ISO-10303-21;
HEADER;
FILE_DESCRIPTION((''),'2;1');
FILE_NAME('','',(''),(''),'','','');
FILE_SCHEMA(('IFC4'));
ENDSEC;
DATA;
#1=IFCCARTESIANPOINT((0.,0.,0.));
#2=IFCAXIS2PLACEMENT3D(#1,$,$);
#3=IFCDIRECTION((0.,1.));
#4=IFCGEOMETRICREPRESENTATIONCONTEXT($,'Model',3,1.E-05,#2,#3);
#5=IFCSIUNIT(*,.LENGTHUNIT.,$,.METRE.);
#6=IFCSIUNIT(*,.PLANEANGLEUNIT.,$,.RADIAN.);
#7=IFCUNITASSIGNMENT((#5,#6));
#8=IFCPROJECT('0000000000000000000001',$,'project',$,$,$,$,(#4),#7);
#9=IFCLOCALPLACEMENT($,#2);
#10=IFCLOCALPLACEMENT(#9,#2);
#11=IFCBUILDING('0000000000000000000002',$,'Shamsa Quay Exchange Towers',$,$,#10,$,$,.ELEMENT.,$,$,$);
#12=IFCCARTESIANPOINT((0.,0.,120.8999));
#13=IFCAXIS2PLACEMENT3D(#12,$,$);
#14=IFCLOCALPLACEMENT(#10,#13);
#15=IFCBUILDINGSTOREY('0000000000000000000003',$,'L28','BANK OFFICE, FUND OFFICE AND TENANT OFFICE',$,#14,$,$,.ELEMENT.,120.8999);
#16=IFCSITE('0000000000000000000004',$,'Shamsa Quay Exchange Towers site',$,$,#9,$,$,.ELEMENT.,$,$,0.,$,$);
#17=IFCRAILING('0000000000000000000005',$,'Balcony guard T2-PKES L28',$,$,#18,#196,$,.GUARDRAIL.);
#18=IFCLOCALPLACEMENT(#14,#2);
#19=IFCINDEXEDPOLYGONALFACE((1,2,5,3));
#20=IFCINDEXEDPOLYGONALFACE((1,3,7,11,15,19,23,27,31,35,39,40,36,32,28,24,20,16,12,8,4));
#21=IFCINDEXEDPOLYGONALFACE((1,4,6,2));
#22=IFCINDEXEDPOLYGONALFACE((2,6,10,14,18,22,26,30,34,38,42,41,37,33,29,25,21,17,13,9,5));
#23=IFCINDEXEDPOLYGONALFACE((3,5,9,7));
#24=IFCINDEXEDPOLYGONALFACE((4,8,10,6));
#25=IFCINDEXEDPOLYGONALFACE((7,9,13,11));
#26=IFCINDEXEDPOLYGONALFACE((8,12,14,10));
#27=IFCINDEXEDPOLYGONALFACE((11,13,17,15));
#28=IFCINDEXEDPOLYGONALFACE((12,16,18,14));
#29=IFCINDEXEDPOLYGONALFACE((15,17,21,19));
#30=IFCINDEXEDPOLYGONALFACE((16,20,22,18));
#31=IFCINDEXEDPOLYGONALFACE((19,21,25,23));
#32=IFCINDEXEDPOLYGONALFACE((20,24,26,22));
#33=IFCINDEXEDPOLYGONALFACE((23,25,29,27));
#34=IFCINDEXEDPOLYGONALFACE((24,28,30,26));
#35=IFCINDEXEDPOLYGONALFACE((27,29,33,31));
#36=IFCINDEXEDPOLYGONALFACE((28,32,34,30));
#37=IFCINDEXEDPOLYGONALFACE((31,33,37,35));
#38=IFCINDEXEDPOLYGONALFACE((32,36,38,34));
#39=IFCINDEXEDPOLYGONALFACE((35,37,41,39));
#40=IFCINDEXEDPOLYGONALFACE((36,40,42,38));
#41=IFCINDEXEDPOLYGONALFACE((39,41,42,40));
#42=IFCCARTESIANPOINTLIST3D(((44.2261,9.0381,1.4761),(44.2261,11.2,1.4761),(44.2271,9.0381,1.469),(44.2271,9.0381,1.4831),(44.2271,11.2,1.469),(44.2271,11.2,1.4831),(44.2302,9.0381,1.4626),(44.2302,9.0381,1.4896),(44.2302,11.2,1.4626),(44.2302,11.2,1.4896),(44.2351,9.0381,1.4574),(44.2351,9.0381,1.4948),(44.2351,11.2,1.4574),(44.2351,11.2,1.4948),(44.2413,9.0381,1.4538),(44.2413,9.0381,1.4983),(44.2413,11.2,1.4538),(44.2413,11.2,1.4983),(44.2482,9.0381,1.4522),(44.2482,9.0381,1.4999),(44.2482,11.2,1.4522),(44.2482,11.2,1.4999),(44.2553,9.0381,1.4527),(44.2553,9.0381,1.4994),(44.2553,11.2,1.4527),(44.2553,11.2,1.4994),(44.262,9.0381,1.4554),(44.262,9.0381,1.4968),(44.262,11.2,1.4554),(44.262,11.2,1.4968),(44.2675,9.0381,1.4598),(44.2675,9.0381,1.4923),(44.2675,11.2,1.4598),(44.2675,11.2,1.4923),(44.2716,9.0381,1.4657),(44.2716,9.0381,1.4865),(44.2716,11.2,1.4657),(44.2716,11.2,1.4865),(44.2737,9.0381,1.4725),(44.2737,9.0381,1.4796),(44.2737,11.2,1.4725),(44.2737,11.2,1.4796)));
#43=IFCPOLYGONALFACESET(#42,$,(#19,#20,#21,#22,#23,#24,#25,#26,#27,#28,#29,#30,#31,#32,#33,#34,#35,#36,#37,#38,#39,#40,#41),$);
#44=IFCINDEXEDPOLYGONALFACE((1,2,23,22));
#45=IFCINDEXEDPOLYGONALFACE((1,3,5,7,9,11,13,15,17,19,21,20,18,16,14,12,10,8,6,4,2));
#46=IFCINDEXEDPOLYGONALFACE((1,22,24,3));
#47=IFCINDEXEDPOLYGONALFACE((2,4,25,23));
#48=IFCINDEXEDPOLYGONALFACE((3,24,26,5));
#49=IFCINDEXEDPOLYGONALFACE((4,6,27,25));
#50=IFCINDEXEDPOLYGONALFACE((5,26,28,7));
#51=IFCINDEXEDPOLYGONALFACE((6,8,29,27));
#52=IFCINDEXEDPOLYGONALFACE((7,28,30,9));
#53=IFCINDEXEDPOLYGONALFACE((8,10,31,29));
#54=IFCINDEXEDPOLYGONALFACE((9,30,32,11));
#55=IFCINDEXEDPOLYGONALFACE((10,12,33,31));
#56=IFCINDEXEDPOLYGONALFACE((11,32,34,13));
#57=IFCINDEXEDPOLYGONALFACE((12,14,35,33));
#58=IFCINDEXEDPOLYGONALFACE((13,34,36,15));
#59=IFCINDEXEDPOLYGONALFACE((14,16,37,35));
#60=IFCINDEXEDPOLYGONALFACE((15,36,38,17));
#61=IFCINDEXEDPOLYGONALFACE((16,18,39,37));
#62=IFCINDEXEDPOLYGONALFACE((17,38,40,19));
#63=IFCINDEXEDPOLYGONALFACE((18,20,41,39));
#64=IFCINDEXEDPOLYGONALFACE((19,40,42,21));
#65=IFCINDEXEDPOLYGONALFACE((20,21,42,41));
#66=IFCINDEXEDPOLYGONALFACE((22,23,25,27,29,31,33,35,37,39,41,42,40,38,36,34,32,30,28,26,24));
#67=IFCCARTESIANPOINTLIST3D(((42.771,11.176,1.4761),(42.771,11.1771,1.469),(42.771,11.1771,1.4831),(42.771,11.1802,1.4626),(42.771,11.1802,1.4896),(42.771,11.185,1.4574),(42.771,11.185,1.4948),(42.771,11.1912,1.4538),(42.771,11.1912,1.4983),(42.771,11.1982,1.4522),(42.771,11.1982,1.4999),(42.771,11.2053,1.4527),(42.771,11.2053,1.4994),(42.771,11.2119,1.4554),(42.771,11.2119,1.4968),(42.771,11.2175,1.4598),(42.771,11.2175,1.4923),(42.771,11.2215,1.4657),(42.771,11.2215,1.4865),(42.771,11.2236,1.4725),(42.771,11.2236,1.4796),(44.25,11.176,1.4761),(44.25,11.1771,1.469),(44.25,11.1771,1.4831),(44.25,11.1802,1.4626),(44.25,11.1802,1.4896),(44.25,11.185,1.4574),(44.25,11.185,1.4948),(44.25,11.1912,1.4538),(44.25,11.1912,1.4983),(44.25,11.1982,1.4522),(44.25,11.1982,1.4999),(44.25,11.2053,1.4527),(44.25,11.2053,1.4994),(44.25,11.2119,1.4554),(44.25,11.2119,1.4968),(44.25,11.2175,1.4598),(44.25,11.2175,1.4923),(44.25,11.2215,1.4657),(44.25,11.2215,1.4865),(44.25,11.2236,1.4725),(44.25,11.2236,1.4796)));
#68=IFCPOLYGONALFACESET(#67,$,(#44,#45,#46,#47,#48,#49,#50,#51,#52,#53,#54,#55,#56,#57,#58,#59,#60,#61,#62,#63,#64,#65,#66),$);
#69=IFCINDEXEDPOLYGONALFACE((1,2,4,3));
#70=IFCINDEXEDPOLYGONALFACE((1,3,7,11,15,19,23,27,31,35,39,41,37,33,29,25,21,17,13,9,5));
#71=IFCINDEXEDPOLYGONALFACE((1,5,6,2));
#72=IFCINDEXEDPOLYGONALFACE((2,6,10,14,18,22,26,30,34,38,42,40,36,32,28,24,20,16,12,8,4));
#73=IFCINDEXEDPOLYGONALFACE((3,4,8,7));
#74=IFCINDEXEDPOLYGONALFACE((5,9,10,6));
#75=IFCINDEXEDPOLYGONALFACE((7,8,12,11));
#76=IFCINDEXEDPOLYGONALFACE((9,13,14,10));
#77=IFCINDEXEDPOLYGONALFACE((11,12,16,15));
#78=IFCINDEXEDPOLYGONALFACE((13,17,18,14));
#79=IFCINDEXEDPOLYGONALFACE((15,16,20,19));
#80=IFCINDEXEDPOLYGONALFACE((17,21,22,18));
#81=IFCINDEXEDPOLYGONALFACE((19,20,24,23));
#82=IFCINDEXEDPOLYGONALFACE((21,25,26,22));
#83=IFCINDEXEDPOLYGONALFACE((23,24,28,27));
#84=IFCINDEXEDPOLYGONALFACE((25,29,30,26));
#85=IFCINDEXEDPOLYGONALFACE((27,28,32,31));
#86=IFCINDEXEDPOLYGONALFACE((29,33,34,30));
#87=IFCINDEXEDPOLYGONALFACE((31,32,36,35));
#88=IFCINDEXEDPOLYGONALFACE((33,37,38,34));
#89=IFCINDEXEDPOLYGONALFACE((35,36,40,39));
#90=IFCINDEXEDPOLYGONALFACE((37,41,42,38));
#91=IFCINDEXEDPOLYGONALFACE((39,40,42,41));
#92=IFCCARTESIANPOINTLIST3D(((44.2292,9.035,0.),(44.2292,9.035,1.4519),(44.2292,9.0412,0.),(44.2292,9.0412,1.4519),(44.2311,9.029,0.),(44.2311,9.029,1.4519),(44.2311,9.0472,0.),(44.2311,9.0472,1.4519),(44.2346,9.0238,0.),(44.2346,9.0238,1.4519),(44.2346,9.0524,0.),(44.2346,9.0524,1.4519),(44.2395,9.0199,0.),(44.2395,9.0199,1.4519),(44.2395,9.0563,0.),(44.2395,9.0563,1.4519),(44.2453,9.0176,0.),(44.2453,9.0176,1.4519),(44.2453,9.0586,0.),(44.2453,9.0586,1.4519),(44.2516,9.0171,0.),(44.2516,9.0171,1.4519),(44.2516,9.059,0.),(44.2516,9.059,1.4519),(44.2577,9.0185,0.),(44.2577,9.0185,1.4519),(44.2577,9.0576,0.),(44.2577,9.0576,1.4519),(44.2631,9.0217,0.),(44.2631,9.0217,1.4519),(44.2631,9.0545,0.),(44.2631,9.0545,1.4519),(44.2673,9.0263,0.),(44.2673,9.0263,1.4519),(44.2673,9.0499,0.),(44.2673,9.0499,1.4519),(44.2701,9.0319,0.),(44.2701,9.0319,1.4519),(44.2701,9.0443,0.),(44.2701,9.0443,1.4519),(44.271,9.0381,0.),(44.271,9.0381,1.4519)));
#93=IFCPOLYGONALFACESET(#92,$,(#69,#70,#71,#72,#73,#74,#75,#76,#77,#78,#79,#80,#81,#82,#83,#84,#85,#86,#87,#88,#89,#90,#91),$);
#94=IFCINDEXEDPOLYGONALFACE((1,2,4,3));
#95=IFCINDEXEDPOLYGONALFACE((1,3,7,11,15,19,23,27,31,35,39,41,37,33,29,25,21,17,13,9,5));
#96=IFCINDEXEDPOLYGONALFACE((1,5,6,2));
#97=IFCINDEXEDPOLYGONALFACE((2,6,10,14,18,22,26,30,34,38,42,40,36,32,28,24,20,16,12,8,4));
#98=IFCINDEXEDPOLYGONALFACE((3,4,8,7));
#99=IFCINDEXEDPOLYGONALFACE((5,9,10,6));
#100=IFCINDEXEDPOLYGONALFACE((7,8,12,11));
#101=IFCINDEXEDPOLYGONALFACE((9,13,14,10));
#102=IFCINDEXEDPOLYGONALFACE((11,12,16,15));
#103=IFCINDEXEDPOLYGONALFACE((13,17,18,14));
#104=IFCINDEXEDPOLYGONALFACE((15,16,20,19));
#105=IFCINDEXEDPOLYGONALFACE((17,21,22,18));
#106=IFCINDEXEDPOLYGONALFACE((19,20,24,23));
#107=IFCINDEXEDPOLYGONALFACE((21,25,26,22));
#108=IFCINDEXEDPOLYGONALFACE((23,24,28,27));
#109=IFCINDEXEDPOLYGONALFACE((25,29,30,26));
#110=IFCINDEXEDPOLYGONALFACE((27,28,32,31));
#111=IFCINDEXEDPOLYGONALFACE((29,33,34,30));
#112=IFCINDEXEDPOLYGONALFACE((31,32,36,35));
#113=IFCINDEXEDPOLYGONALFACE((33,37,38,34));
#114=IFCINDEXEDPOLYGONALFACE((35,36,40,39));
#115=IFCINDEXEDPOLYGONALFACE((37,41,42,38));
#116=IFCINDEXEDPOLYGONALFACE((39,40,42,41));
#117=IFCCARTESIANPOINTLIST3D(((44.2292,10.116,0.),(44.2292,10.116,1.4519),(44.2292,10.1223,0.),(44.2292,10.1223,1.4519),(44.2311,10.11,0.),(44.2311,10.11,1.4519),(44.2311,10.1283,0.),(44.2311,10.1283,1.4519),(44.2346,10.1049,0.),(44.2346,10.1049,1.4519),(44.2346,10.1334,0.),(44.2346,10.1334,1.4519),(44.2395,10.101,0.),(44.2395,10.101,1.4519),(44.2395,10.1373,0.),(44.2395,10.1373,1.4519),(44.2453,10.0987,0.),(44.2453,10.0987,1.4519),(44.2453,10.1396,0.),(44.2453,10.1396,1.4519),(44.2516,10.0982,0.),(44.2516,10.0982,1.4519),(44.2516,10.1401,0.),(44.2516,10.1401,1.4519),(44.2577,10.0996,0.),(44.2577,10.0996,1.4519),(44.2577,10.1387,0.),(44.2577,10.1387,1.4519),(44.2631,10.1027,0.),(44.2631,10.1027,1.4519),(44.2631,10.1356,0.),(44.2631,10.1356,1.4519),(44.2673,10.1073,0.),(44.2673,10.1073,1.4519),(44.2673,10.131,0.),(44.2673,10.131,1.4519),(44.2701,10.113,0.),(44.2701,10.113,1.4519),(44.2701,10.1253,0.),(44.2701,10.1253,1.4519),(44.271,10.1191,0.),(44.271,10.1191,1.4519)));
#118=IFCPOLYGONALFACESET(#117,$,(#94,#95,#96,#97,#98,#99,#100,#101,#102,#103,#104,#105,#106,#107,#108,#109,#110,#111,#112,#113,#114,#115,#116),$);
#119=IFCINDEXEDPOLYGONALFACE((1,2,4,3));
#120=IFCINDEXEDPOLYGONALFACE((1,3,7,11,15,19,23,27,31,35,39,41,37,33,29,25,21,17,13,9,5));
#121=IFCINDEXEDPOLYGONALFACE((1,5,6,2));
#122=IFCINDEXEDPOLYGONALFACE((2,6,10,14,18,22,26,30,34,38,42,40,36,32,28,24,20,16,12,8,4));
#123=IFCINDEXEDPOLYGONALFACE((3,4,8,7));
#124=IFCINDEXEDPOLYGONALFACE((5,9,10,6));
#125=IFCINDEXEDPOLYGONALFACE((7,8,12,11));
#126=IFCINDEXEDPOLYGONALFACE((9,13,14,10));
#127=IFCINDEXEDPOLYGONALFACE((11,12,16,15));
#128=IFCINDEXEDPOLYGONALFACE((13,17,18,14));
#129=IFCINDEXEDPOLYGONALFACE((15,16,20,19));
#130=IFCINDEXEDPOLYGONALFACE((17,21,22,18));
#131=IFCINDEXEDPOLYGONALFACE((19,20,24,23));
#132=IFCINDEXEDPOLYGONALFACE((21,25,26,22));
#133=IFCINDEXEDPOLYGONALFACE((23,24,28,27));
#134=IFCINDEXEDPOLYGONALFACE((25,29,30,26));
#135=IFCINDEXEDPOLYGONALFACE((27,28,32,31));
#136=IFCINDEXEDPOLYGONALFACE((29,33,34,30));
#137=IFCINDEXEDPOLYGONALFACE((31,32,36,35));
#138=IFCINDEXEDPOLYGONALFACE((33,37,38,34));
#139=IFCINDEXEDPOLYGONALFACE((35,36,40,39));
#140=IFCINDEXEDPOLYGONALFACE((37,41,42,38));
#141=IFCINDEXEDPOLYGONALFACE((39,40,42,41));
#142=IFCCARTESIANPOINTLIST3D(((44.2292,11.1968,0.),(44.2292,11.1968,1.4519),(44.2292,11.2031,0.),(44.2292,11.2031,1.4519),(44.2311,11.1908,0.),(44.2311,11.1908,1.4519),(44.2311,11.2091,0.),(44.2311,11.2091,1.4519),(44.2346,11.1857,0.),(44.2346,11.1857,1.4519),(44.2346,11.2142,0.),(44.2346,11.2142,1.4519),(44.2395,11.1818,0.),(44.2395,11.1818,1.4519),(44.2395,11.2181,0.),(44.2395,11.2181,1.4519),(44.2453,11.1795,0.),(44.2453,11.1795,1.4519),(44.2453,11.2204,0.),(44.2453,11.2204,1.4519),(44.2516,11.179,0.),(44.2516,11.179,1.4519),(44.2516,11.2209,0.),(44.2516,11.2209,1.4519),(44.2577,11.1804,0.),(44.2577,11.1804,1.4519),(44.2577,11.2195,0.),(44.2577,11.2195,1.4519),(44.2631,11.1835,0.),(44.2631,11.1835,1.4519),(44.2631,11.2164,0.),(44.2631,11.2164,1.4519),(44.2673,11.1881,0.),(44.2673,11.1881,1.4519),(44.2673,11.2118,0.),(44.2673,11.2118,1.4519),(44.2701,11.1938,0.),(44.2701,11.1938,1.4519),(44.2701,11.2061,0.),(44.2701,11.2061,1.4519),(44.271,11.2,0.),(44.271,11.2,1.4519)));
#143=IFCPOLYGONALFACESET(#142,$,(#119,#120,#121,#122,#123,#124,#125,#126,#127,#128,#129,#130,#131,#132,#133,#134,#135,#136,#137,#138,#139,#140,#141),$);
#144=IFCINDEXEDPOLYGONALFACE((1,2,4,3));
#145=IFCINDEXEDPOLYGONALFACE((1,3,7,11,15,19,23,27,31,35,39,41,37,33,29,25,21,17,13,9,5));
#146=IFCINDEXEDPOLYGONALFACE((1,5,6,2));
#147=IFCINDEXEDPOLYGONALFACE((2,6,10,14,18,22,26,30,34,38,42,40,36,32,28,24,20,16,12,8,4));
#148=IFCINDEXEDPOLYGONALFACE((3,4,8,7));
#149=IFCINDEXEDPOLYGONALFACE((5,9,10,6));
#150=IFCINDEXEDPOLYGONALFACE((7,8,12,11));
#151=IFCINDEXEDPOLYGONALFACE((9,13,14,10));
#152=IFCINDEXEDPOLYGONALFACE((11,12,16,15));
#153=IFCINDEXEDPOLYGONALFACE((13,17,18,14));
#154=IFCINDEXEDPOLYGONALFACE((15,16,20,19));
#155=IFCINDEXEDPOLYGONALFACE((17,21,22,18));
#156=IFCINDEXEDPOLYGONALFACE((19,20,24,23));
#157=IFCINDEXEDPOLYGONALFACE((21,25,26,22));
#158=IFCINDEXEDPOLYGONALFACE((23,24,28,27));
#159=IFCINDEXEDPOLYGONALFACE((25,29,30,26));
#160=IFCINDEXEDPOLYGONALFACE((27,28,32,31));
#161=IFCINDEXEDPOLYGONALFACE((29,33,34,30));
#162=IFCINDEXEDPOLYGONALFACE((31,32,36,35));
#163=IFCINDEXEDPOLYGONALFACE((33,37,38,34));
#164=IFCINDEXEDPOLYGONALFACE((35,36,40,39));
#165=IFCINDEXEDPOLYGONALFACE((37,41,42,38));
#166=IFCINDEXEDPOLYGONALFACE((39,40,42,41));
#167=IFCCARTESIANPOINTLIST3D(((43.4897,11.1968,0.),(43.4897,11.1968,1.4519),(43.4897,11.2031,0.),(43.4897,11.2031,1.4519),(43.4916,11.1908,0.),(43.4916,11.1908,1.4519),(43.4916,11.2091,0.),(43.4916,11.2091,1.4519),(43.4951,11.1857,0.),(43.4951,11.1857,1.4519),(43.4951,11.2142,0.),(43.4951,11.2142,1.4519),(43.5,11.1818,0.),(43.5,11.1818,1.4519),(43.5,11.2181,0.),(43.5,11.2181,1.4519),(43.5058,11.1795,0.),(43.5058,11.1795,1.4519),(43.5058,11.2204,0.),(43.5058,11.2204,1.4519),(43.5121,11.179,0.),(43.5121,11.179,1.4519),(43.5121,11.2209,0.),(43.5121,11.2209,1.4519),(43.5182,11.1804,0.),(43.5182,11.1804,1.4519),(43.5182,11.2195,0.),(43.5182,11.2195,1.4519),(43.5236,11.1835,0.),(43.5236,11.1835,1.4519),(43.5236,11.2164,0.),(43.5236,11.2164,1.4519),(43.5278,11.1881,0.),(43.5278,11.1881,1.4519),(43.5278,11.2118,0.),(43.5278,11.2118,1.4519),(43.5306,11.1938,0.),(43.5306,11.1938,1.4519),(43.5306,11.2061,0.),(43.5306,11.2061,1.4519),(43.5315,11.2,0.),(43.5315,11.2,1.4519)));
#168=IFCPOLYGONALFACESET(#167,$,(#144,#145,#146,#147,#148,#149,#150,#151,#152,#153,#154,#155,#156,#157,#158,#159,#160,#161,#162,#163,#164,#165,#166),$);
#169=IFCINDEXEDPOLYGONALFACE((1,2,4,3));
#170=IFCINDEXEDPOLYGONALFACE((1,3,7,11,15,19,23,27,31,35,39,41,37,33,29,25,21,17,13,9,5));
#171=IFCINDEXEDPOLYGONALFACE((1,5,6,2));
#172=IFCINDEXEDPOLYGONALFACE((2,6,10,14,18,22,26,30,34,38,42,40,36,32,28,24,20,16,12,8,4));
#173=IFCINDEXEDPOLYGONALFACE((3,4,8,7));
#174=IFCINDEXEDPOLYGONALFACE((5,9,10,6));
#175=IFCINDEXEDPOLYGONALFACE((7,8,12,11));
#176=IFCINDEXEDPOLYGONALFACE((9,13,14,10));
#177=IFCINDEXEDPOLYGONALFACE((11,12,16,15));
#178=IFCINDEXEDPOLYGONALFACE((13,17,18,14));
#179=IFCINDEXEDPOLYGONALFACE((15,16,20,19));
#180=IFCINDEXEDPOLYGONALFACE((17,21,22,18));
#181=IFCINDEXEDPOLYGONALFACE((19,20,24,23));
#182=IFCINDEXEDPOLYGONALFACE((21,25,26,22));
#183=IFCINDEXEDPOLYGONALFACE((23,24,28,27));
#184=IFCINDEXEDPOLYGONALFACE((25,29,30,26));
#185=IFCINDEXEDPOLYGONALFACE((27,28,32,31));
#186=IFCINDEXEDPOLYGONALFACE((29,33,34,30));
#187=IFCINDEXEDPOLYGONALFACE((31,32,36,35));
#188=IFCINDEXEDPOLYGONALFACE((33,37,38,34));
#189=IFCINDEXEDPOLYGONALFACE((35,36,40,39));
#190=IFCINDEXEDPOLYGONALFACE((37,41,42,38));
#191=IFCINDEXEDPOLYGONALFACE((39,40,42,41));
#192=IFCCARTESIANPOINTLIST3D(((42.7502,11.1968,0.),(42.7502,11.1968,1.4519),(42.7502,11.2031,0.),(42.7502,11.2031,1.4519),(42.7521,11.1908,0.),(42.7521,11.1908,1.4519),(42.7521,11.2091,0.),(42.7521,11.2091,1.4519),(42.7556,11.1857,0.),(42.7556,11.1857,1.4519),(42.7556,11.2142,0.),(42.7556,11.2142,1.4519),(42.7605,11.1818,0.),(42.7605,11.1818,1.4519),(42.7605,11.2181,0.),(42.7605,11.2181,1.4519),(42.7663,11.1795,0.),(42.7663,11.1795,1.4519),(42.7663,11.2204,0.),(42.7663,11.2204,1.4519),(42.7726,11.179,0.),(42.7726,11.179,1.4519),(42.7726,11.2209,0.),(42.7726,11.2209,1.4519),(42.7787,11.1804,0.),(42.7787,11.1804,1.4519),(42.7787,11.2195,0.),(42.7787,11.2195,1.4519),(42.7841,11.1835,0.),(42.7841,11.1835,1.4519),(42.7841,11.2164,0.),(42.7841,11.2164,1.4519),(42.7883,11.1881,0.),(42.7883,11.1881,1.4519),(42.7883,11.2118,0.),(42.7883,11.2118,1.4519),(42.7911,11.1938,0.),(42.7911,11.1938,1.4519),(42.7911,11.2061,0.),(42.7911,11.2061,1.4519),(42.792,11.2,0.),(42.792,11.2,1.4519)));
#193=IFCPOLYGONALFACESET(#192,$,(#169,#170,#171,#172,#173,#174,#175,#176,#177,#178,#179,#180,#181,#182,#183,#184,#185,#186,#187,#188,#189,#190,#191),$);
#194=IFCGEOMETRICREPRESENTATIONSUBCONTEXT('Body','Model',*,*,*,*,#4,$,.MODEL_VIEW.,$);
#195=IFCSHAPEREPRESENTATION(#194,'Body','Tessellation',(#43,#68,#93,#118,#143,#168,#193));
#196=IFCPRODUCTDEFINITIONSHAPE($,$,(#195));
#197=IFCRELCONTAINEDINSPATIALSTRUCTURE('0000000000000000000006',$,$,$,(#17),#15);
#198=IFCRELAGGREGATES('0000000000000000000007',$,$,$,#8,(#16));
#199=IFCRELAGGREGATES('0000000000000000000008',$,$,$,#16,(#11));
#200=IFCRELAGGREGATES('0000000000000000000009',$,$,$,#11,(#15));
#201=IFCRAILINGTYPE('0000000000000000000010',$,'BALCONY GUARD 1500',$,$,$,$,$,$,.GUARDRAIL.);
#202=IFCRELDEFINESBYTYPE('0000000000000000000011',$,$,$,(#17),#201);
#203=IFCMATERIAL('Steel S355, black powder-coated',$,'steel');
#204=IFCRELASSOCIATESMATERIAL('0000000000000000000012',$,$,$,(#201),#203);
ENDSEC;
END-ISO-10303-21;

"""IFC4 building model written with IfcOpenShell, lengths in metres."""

from ifc_helpers import new_model, si_unit, direction, frame, origin, origin_2d, place, context, subcontext, project, spatial, circle, extrude, material, type_object, element, save


model = new_model("IFC4")

# Units and contexts
model_context = context("Model", 3, precision=1e-05, world=origin(), true_north=direction((0.0, 1.0)))
body_context = subcontext(model_context, "Body", "Model", "MODEL_VIEW")
ifc_project = project(units=[si_unit("LENGTHUNIT", "METRE"), si_unit("PLANEANGLEUNIT", "RADIAN")], contexts=[model_context])

# Site, building, storey
site_placement = place(None, origin())
site = spatial("IfcSite", under=ifc_project, at=site_placement, Name="Shamsa Quay Exchange Towers site", CompositionType="ELEMENT", RefElevation=0.0)
building_placement = place(site_placement, origin())
building = spatial("IfcBuilding", under=site, at=building_placement, Name="Shamsa Quay Exchange Towers", CompositionType="ELEMENT")
storey_placement = place(building_placement, frame((0.0, 0.0, 120.8999)))
storey = spatial("IfcBuildingStorey", under=building, at=storey_placement, Name="L28", Description="BANK OFFICE, FUND OFFICE AND TENANT OFFICE", CompositionType="ELEMENT", Elevation=120.8999)

# Railing
ifc_material_1 = material(Name="Steel S355, black powder-coated", Category="steel")
railing_type_1 = type_object("IfcRailingType", Name="BALCONY GUARD 1500", PredefinedType="GUARDRAIL", material=ifc_material_1)
for number, where, name in (
    (1, (44.25, 9.0381, 0.0), "Balcony guard T2-PKES L28"),
):
    element("IfcRailing", number, at=place(storey_placement, frame(where)), inside=storey, type_object=railing_type_1, Name=name, PredefinedType="GUARDRAIL", context=body_context, shape_type="SweptSolid", body=[
        extrude(circle(Radius=0.0239, at=origin_2d()), frame((0.0, 0.0, 1.4761), z_axis=(0.0, 1.0, 0.0), x_axis=(-1.0, 0.0, 0.0)), (0.0, 0.0, 1.0), 2.1619),
        extrude(circle(Radius=0.0239, at=origin_2d()), frame((0.0, 2.1619, 1.4761), z_axis=(-1.0, 0.0, 0.0), x_axis=(0.0, -1.0, 0.0)), (0.0, 0.0, 1.0), 1.479),
        extrude(circle(Radius=0.021, at=origin_2d()), origin(), (0.0, 0.0, 1.0), 1.4519),
        extrude(circle(Radius=0.021, at=origin_2d()), frame((0.0, 1.0811, 0.0)), (0.0, 0.0, 1.0), 1.4519),
        extrude(circle(Radius=0.021, at=origin_2d()), frame((0.0, 2.1619, 0.0)), (0.0, 0.0, 1.0), 1.4519),
        extrude(circle(Radius=0.021, at=origin_2d()), frame((-0.7395, 2.1619, 0.0)), (0.0, 0.0, 1.0), 1.4519),
        extrude(circle(Radius=0.021, at=origin_2d()), frame((-1.479, 2.1619, 0.0)), (0.0, 0.0, 1.0), 1.4519),
    ])

save(model, "model.ifc")
